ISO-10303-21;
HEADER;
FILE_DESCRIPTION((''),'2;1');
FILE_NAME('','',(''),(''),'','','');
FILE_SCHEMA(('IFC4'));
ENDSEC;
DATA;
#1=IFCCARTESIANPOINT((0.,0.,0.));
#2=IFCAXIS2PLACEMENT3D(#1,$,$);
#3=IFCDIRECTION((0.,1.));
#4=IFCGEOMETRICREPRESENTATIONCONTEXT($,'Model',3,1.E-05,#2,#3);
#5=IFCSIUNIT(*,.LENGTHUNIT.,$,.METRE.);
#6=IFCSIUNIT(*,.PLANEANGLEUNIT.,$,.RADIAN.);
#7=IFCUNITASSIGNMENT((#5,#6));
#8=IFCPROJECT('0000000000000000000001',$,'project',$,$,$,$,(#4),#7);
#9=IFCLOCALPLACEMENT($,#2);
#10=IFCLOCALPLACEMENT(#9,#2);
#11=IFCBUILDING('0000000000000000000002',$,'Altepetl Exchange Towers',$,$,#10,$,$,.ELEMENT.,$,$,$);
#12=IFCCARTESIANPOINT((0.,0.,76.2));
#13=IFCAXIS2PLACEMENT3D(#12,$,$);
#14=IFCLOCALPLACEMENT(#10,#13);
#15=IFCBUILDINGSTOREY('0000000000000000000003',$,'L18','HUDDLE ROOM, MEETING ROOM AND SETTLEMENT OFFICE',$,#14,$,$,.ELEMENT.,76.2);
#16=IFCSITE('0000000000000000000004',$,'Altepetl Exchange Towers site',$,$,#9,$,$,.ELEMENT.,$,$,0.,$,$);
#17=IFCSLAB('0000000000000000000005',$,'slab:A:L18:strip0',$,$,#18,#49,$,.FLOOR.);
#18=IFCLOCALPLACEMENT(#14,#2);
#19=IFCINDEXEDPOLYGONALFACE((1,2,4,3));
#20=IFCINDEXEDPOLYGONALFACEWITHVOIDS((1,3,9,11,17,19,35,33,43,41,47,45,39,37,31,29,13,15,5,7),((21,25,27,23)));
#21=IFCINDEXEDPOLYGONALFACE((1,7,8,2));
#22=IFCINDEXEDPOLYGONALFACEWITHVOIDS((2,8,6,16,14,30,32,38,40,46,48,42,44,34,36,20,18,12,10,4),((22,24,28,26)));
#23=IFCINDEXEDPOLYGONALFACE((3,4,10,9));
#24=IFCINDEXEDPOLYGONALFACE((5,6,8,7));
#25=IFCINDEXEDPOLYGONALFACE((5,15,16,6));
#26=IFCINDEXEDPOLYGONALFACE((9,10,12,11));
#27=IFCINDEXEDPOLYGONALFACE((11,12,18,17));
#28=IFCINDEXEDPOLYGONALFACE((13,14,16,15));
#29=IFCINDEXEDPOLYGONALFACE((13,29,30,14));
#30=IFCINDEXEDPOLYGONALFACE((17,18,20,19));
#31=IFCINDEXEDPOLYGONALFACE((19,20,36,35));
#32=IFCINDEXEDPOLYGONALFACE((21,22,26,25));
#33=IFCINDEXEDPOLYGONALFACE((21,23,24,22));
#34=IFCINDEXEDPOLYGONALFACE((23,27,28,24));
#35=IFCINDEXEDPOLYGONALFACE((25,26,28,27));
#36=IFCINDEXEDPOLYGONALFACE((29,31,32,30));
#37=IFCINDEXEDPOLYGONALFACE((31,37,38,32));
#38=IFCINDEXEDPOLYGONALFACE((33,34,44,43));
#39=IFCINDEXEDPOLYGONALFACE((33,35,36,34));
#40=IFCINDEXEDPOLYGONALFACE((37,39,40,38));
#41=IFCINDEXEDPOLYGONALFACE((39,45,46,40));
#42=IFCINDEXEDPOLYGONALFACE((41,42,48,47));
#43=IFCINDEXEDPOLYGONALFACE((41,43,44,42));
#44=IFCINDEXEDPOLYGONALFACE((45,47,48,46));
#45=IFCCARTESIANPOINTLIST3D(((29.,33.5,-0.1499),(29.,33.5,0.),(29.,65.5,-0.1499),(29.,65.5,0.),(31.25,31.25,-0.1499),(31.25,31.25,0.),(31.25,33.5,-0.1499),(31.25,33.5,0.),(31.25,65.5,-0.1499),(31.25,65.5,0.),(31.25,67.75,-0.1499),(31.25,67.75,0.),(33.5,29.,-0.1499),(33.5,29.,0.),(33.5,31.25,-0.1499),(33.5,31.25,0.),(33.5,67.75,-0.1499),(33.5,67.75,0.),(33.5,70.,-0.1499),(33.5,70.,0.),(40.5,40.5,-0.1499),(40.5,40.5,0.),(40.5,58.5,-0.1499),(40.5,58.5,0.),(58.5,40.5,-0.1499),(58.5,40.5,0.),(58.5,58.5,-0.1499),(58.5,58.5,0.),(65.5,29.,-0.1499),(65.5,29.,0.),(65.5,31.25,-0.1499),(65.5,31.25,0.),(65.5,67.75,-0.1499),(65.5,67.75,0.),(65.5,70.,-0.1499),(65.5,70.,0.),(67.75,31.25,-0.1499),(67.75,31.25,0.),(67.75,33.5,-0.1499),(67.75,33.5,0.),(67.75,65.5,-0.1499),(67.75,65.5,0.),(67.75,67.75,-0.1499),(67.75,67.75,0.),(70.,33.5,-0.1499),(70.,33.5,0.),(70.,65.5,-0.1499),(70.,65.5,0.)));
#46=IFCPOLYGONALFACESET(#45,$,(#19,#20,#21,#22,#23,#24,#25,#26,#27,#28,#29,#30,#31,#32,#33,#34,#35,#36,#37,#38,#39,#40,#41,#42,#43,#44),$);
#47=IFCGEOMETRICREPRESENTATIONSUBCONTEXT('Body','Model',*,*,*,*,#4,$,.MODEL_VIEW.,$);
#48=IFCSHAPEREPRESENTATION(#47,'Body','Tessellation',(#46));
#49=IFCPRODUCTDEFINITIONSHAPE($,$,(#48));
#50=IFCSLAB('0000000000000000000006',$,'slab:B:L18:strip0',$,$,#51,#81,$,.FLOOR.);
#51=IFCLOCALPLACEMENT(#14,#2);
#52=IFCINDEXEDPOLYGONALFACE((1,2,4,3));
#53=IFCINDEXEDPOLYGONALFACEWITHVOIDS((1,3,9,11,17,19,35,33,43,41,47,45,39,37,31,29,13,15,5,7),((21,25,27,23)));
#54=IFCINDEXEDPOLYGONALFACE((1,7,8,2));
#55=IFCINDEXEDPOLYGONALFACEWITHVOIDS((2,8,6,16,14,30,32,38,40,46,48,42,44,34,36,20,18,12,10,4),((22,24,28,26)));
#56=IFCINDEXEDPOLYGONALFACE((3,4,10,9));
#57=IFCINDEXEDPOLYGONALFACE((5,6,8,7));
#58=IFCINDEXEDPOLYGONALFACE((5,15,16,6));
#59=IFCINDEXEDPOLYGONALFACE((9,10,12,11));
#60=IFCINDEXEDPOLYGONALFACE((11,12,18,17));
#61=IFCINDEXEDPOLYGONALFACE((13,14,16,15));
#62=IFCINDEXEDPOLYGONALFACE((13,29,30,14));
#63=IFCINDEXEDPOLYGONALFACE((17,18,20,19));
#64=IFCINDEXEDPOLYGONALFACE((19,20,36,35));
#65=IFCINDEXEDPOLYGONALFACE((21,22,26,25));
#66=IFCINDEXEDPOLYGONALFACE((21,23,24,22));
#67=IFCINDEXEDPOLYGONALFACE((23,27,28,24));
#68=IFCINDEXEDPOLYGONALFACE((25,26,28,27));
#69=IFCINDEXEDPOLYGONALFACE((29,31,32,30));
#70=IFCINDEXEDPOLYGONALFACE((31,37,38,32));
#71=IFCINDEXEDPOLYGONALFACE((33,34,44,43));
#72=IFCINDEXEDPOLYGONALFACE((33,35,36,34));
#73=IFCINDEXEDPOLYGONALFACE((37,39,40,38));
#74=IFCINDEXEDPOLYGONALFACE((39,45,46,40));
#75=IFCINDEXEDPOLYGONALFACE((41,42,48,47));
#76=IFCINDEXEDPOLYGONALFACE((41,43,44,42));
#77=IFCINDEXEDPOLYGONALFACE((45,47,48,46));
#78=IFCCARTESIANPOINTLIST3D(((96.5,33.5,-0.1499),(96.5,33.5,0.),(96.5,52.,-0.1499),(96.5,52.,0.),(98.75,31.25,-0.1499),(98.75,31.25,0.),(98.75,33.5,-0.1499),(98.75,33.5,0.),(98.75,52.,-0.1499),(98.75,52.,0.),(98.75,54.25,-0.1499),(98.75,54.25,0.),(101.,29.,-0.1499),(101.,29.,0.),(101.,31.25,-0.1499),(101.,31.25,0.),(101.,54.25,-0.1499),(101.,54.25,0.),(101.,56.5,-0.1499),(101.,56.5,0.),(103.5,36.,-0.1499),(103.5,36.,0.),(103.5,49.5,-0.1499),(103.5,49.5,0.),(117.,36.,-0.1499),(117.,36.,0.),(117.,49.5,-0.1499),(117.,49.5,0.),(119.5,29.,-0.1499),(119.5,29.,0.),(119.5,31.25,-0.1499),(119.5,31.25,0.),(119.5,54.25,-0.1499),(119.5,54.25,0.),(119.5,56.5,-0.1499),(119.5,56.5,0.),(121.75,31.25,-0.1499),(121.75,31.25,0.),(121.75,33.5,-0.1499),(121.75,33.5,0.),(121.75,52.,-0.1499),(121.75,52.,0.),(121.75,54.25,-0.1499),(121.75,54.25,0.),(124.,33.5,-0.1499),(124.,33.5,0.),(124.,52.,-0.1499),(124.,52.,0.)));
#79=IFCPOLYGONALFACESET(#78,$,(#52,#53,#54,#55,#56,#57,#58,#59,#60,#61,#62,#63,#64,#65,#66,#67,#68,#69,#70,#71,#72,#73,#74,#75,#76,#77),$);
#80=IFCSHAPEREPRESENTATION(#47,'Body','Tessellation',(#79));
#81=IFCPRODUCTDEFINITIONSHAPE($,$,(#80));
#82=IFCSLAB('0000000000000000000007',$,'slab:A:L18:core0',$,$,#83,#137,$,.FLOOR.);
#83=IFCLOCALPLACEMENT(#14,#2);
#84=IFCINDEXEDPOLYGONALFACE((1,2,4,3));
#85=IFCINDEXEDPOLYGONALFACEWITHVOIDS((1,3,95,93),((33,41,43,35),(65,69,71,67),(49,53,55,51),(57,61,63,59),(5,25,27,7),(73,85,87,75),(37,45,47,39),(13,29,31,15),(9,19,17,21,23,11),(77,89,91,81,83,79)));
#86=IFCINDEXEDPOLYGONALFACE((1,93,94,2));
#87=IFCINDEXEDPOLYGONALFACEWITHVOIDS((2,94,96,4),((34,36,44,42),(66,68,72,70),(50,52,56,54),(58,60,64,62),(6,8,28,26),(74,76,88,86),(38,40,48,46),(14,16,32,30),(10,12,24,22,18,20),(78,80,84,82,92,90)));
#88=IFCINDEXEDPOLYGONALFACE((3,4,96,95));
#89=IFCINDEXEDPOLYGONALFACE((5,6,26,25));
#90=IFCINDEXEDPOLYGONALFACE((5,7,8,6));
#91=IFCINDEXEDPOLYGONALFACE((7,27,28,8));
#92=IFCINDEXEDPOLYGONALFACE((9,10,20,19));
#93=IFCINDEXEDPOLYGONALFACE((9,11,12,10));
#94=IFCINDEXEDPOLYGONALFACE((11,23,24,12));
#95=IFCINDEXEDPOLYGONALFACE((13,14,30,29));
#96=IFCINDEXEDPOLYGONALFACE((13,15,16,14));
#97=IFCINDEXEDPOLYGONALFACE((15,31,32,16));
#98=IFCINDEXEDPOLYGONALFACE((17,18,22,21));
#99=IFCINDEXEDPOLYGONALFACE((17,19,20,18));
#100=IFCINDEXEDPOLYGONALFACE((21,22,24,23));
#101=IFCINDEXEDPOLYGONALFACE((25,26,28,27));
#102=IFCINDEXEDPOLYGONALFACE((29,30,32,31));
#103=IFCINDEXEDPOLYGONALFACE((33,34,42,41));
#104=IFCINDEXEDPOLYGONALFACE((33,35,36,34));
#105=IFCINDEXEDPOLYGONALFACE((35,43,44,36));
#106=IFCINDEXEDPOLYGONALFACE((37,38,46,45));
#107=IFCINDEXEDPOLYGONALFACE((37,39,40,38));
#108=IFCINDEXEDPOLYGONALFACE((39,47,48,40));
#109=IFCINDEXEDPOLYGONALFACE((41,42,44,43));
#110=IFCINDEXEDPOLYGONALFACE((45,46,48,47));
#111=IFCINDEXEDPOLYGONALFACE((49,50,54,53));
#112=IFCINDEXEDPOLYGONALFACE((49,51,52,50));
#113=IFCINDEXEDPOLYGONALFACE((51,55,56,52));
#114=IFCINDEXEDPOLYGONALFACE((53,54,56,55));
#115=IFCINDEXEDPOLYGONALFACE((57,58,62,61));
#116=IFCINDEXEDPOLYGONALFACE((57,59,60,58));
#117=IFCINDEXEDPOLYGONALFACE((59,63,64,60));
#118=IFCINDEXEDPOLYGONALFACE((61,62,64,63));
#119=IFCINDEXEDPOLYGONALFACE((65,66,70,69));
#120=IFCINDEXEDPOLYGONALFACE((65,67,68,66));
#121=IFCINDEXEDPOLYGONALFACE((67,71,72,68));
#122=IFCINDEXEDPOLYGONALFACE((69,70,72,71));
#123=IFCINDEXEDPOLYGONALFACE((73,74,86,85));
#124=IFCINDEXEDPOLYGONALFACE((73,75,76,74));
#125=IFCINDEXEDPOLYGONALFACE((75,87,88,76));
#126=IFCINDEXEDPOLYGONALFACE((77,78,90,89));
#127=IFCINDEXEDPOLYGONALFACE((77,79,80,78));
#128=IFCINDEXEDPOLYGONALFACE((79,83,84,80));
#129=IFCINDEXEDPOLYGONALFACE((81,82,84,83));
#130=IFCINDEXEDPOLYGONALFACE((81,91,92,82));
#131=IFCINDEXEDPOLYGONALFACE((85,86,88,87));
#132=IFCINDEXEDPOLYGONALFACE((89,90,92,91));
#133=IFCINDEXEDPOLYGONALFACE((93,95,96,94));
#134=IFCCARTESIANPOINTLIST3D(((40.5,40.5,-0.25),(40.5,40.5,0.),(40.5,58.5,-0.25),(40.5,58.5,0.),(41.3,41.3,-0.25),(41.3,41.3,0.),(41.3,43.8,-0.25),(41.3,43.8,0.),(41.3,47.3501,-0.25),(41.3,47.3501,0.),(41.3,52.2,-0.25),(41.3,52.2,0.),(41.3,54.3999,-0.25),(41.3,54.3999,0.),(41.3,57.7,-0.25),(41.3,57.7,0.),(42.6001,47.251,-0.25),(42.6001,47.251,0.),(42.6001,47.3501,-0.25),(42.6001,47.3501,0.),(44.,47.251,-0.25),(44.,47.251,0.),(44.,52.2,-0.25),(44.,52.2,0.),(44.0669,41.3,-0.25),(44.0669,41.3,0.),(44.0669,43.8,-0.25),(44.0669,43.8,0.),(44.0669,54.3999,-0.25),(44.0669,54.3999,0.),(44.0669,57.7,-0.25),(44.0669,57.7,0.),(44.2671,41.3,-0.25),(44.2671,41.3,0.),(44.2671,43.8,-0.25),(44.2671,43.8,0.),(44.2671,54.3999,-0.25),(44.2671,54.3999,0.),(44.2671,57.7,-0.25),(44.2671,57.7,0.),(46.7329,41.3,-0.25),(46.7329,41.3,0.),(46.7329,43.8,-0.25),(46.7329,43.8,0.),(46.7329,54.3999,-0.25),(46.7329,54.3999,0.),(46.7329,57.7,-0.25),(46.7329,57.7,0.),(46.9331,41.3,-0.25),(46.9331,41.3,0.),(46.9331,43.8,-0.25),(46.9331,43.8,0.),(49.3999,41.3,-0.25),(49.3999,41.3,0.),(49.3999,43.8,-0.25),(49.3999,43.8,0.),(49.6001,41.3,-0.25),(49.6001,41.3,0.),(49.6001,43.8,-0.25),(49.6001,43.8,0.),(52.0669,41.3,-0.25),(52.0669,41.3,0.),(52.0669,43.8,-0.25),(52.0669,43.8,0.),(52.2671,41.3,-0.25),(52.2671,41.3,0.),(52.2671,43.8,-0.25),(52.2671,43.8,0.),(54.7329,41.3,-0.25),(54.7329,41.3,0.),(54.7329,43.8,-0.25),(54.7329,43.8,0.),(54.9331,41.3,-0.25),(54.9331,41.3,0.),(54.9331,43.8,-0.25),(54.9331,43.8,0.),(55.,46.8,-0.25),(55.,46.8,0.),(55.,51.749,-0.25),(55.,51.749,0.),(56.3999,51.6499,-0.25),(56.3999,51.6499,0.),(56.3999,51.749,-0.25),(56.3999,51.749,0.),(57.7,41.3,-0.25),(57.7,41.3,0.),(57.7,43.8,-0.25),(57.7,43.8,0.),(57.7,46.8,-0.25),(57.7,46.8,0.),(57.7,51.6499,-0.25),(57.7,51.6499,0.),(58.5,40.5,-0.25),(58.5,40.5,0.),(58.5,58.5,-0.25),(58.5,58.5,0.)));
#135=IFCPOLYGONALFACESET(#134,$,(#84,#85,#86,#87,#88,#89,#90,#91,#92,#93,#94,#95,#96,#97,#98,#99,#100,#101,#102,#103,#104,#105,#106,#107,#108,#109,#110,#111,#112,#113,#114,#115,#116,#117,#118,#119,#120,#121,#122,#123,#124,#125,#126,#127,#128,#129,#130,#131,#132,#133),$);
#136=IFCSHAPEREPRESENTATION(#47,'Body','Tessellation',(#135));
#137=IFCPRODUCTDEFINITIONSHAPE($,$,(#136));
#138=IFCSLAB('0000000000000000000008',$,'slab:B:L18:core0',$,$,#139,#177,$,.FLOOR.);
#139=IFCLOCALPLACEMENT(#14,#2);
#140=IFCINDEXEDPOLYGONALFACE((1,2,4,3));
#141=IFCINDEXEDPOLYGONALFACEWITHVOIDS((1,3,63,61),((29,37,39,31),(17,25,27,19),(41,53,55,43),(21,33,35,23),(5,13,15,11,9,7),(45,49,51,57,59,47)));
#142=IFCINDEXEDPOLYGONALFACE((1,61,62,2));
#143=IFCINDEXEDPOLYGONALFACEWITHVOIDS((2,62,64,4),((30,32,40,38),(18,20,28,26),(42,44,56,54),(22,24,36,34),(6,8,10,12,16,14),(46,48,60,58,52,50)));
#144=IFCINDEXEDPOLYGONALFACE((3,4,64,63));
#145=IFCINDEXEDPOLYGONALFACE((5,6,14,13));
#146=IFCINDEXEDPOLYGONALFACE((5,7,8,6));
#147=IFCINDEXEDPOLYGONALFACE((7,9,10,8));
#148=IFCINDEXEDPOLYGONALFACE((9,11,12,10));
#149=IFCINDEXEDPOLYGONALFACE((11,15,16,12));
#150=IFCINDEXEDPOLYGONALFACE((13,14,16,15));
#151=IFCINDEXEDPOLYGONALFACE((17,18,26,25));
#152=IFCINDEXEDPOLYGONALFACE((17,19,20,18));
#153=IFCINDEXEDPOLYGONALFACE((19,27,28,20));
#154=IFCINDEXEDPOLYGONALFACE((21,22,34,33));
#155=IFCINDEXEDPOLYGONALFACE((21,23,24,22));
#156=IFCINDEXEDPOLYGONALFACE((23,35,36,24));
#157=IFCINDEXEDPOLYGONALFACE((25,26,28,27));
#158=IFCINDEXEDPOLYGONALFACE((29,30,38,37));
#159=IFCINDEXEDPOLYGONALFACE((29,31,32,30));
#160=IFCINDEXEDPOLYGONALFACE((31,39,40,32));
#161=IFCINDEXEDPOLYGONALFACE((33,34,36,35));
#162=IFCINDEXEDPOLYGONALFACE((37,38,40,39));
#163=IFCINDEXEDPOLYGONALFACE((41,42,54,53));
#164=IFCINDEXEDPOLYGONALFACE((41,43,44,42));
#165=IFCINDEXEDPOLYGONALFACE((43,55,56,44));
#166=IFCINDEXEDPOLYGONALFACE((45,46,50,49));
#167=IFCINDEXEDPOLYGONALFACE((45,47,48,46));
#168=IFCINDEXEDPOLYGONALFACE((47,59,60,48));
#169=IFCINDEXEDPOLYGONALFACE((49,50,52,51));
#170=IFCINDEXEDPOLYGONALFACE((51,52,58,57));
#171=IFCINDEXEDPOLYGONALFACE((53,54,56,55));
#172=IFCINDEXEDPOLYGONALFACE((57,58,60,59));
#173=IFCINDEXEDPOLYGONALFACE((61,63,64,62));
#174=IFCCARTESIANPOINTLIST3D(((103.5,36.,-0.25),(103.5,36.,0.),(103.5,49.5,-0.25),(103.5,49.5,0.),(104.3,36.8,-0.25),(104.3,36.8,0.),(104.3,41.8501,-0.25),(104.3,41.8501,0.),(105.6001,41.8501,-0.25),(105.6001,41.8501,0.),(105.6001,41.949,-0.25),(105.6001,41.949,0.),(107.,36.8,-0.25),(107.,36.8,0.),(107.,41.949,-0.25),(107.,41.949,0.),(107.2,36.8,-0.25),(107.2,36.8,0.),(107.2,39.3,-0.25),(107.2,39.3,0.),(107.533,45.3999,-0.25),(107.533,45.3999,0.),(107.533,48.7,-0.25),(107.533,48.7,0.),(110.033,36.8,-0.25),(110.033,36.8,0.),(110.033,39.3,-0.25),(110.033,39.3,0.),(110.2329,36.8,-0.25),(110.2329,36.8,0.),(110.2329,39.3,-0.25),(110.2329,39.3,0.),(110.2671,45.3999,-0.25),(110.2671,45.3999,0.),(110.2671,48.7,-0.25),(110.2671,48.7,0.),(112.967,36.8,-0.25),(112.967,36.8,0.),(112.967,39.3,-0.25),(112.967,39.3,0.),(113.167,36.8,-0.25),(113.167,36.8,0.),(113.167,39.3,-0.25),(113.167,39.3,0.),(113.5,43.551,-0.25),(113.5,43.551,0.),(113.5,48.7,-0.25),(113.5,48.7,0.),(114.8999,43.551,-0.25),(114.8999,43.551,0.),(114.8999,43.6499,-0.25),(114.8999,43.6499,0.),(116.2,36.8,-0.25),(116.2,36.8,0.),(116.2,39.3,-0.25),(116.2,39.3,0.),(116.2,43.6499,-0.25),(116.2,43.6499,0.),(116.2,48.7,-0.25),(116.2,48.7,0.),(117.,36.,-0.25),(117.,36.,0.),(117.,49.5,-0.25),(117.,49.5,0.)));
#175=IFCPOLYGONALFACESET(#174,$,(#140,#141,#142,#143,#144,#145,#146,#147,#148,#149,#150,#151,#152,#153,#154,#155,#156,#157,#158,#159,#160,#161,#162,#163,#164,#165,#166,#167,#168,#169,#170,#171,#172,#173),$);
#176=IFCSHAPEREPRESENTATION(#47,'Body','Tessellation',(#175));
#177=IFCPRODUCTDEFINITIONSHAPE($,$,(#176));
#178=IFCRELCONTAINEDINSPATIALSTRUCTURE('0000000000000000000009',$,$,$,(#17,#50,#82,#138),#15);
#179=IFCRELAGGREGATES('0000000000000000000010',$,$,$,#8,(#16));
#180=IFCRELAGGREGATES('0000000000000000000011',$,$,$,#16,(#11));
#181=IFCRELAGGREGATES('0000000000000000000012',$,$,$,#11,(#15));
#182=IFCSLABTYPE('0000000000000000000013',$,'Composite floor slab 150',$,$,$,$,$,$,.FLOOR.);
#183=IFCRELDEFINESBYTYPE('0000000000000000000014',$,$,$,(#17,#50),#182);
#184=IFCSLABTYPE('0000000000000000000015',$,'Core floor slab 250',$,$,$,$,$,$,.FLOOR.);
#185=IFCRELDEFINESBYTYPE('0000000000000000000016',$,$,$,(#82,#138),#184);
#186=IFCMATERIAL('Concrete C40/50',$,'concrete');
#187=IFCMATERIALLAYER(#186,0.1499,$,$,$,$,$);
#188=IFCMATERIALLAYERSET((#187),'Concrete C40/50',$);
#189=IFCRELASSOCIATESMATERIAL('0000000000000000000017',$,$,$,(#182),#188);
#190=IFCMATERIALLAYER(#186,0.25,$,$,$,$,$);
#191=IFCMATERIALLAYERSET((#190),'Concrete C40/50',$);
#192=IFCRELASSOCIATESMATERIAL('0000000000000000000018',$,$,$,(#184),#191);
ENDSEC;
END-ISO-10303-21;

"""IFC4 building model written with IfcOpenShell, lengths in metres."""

from ifc_helpers import new_model, si_unit, direction, frame, origin, place, context, subcontext, project, spatial, polyline, outline, extrude, material, layer, layer_set, type_object, element, save


model = new_model("IFC4")

# Units and contexts
model_context = context("Model", 3, precision=1e-05, world=origin(), true_north=direction((0.0, 1.0)))
body_context = subcontext(model_context, "Body", "Model", "MODEL_VIEW")
ifc_project = project(units=[si_unit("LENGTHUNIT", "METRE"), si_unit("PLANEANGLEUNIT", "RADIAN")], contexts=[model_context])

# Site, building, storey
site_placement = place(None, origin())
site = spatial("IfcSite", under=ifc_project, at=site_placement, Name="Altepetl Exchange Towers site", CompositionType="ELEMENT", RefElevation=0.0)
building_placement = place(site_placement, origin())
building = spatial("IfcBuilding", under=site, at=building_placement, Name="Altepetl Exchange Towers", CompositionType="ELEMENT")
storey_placement = place(building_placement, frame((0.0, 0.0, 76.2)))
storey = spatial("IfcBuildingStorey", under=building, at=storey_placement, Name="L18", Description="HUDDLE ROOM, MEETING ROOM AND SETTLEMENT OFFICE", CompositionType="ELEMENT", Elevation=76.2)

# Slabs
ifc_material_1 = material(Name="Concrete C40/50", Category="concrete")
ifc_layer_1 = layer(ifc_material_1, 0.1499)
ifc_layer_set_1 = layer_set([ifc_layer_1], Name="Concrete C40/50")
slab_type_1 = type_object("IfcSlabType", Name="Composite floor slab 150", PredefinedType="FLOOR", material=ifc_layer_set_1)
slab_1_placement = place(storey_placement, frame((0.0, 0.0, -0.1499)))
element("IfcSlab", 1, at=slab_1_placement, inside=storey, type_object=slab_type_1, Name="slab:A:L18:strip0", PredefinedType="FLOOR", context=body_context, shape_type="SweptSolid", body=[
    extrude(outline(polyline([(31.25, 67.75), (31.25, 65.5), (29.0, 65.5), (29.0, 33.5), (31.25, 33.5), (31.25, 31.25), (33.5, 31.25), (33.5, 29.0), (65.5, 29.0), (65.5, 31.25), (67.75, 31.25), (67.75, 33.5), (70.0, 33.5), (70.0, 65.5), (67.75, 65.5), (67.75, 67.75), (65.5, 67.75), (65.5, 70.0), (33.5, 70.0), (33.5, 67.75), (31.25, 67.75)]), holes=[polyline([(58.5, 58.5), (58.5, 40.5), (40.5, 40.5), (40.5, 58.5), (58.5, 58.5)])]), origin(), (0.0, 0.0, 1.0), 0.1499),
])
slab_2_placement = place(storey_placement, frame((0.0, 0.0, -0.1499)))
element("IfcSlab", 2, at=slab_2_placement, inside=storey, type_object=slab_type_1, Name="slab:B:L18:strip0", PredefinedType="FLOOR", context=body_context, shape_type="SweptSolid", body=[
    extrude(outline(polyline([(98.75, 54.25), (98.75, 52.0), (96.5, 52.0), (96.5, 33.5), (98.75, 33.5), (98.75, 31.25), (101.0, 31.25), (101.0, 29.0), (119.5, 29.0), (119.5, 31.25), (121.75, 31.25), (121.75, 33.5), (124.0, 33.5), (124.0, 52.0), (121.75, 52.0), (121.75, 54.25), (119.5, 54.25), (119.5, 56.5), (101.0, 56.5), (101.0, 54.25), (98.75, 54.25)]), holes=[polyline([(117.0, 49.5), (117.0, 36.0), (103.5, 36.0), (103.5, 49.5), (117.0, 49.5)])]), origin(), (0.0, 0.0, 1.0), 0.1499),
])
ifc_layer_2 = layer(ifc_material_1, 0.25)
ifc_layer_set_2 = layer_set([ifc_layer_2], Name="Concrete C40/50")
slab_type_2 = type_object("IfcSlabType", Name="Core floor slab 250", PredefinedType="FLOOR", material=ifc_layer_set_2)
slab_3_placement = place(storey_placement, frame((0.0, 0.0, -0.25)))
element("IfcSlab", 3, at=slab_3_placement, inside=storey, type_object=slab_type_2, Name="slab:A:L18:core0", PredefinedType="FLOOR", context=body_context, shape_type="SweptSolid", body=[
    extrude(outline(polyline([(40.5, 40.5), (58.5, 40.5), (58.5, 58.5), (40.5, 58.5), (40.5, 40.5)]), holes=[polyline([(41.3, 43.8), (44.0669, 43.8), (44.0669, 41.3), (41.3, 41.3), (41.3, 43.8)]), polyline([(44.2671, 43.8), (46.7329, 43.8), (46.7329, 41.3), (44.2671, 41.3), (44.2671, 43.8)]), polyline([(46.9331, 43.8), (49.3999, 43.8), (49.3999, 41.3), (46.9331, 41.3), (46.9331, 43.8)]), polyline([(52.0669, 43.8), (52.0669, 41.3), (49.6001, 41.3), (49.6001, 43.8), (52.0669, 43.8)]), polyline([(54.7329, 43.8), (54.7329, 41.3), (52.2671, 41.3), (52.2671, 43.8), (54.7329, 43.8)]), polyline([(54.9331, 43.8), (57.7, 43.8), (57.7, 41.3), (54.9331, 41.3), (54.9331, 43.8)]), polyline([(55.0, 51.749), (56.3999, 51.749), (56.3999, 51.6499), (57.7, 51.6499), (57.7, 46.8), (55.0, 46.8), (55.0, 51.749)]), polyline([(44.0, 47.251), (42.6001, 47.251), (42.6001, 47.3501), (41.3, 47.3501), (41.3, 52.2), (44.0, 52.2), (44.0, 47.251)]), polyline([(44.0669, 57.7), (44.0669, 54.3999), (41.3, 54.3999), (41.3, 57.7), (44.0669, 57.7)]), polyline([(46.7329, 57.7), (46.7329, 54.3999), (44.2671, 54.3999), (44.2671, 57.7), (46.7329, 57.7)])]), origin(), (0.0, 0.0, 1.0), 0.25),
])
slab_4_placement = place(storey_placement, frame((0.0, 0.0, -0.25)))
element("IfcSlab", 4, at=slab_4_placement, inside=storey, type_object=slab_type_2, Name="slab:B:L18:core0", PredefinedType="FLOOR", context=body_context, shape_type="SweptSolid", body=[
    extrude(outline(polyline([(103.5, 36.0), (117.0, 36.0), (117.0, 49.5), (103.5, 49.5), (103.5, 36.0)]), holes=[polyline([(107.2, 36.8), (107.2, 39.3), (110.033, 39.3), (110.033, 36.8), (107.2, 36.8)]), polyline([(110.2329, 39.3), (112.967, 39.3), (112.967, 36.8), (110.2329, 36.8), (110.2329, 39.3)]), polyline([(113.167, 39.3), (116.2, 39.3), (116.2, 36.8), (113.167, 36.8), (113.167, 39.3)]), polyline([(107.0, 36.8), (104.3, 36.8), (104.3, 41.8501), (105.6001, 41.8501), (105.6001, 41.949), (107.0, 41.949), (107.0, 36.8)]), polyline([(116.2, 48.7), (116.2, 43.6499), (114.8999, 43.6499), (114.8999, 43.551), (113.5, 43.551), (113.5, 48.7), (116.2, 48.7)]), polyline([(107.533, 48.7), (110.2671, 48.7), (110.2671, 45.3999), (107.533, 45.3999), (107.533, 48.7)])]), origin(), (0.0, 0.0, 1.0), 0.25),
])

save(model, "model.ifc")
